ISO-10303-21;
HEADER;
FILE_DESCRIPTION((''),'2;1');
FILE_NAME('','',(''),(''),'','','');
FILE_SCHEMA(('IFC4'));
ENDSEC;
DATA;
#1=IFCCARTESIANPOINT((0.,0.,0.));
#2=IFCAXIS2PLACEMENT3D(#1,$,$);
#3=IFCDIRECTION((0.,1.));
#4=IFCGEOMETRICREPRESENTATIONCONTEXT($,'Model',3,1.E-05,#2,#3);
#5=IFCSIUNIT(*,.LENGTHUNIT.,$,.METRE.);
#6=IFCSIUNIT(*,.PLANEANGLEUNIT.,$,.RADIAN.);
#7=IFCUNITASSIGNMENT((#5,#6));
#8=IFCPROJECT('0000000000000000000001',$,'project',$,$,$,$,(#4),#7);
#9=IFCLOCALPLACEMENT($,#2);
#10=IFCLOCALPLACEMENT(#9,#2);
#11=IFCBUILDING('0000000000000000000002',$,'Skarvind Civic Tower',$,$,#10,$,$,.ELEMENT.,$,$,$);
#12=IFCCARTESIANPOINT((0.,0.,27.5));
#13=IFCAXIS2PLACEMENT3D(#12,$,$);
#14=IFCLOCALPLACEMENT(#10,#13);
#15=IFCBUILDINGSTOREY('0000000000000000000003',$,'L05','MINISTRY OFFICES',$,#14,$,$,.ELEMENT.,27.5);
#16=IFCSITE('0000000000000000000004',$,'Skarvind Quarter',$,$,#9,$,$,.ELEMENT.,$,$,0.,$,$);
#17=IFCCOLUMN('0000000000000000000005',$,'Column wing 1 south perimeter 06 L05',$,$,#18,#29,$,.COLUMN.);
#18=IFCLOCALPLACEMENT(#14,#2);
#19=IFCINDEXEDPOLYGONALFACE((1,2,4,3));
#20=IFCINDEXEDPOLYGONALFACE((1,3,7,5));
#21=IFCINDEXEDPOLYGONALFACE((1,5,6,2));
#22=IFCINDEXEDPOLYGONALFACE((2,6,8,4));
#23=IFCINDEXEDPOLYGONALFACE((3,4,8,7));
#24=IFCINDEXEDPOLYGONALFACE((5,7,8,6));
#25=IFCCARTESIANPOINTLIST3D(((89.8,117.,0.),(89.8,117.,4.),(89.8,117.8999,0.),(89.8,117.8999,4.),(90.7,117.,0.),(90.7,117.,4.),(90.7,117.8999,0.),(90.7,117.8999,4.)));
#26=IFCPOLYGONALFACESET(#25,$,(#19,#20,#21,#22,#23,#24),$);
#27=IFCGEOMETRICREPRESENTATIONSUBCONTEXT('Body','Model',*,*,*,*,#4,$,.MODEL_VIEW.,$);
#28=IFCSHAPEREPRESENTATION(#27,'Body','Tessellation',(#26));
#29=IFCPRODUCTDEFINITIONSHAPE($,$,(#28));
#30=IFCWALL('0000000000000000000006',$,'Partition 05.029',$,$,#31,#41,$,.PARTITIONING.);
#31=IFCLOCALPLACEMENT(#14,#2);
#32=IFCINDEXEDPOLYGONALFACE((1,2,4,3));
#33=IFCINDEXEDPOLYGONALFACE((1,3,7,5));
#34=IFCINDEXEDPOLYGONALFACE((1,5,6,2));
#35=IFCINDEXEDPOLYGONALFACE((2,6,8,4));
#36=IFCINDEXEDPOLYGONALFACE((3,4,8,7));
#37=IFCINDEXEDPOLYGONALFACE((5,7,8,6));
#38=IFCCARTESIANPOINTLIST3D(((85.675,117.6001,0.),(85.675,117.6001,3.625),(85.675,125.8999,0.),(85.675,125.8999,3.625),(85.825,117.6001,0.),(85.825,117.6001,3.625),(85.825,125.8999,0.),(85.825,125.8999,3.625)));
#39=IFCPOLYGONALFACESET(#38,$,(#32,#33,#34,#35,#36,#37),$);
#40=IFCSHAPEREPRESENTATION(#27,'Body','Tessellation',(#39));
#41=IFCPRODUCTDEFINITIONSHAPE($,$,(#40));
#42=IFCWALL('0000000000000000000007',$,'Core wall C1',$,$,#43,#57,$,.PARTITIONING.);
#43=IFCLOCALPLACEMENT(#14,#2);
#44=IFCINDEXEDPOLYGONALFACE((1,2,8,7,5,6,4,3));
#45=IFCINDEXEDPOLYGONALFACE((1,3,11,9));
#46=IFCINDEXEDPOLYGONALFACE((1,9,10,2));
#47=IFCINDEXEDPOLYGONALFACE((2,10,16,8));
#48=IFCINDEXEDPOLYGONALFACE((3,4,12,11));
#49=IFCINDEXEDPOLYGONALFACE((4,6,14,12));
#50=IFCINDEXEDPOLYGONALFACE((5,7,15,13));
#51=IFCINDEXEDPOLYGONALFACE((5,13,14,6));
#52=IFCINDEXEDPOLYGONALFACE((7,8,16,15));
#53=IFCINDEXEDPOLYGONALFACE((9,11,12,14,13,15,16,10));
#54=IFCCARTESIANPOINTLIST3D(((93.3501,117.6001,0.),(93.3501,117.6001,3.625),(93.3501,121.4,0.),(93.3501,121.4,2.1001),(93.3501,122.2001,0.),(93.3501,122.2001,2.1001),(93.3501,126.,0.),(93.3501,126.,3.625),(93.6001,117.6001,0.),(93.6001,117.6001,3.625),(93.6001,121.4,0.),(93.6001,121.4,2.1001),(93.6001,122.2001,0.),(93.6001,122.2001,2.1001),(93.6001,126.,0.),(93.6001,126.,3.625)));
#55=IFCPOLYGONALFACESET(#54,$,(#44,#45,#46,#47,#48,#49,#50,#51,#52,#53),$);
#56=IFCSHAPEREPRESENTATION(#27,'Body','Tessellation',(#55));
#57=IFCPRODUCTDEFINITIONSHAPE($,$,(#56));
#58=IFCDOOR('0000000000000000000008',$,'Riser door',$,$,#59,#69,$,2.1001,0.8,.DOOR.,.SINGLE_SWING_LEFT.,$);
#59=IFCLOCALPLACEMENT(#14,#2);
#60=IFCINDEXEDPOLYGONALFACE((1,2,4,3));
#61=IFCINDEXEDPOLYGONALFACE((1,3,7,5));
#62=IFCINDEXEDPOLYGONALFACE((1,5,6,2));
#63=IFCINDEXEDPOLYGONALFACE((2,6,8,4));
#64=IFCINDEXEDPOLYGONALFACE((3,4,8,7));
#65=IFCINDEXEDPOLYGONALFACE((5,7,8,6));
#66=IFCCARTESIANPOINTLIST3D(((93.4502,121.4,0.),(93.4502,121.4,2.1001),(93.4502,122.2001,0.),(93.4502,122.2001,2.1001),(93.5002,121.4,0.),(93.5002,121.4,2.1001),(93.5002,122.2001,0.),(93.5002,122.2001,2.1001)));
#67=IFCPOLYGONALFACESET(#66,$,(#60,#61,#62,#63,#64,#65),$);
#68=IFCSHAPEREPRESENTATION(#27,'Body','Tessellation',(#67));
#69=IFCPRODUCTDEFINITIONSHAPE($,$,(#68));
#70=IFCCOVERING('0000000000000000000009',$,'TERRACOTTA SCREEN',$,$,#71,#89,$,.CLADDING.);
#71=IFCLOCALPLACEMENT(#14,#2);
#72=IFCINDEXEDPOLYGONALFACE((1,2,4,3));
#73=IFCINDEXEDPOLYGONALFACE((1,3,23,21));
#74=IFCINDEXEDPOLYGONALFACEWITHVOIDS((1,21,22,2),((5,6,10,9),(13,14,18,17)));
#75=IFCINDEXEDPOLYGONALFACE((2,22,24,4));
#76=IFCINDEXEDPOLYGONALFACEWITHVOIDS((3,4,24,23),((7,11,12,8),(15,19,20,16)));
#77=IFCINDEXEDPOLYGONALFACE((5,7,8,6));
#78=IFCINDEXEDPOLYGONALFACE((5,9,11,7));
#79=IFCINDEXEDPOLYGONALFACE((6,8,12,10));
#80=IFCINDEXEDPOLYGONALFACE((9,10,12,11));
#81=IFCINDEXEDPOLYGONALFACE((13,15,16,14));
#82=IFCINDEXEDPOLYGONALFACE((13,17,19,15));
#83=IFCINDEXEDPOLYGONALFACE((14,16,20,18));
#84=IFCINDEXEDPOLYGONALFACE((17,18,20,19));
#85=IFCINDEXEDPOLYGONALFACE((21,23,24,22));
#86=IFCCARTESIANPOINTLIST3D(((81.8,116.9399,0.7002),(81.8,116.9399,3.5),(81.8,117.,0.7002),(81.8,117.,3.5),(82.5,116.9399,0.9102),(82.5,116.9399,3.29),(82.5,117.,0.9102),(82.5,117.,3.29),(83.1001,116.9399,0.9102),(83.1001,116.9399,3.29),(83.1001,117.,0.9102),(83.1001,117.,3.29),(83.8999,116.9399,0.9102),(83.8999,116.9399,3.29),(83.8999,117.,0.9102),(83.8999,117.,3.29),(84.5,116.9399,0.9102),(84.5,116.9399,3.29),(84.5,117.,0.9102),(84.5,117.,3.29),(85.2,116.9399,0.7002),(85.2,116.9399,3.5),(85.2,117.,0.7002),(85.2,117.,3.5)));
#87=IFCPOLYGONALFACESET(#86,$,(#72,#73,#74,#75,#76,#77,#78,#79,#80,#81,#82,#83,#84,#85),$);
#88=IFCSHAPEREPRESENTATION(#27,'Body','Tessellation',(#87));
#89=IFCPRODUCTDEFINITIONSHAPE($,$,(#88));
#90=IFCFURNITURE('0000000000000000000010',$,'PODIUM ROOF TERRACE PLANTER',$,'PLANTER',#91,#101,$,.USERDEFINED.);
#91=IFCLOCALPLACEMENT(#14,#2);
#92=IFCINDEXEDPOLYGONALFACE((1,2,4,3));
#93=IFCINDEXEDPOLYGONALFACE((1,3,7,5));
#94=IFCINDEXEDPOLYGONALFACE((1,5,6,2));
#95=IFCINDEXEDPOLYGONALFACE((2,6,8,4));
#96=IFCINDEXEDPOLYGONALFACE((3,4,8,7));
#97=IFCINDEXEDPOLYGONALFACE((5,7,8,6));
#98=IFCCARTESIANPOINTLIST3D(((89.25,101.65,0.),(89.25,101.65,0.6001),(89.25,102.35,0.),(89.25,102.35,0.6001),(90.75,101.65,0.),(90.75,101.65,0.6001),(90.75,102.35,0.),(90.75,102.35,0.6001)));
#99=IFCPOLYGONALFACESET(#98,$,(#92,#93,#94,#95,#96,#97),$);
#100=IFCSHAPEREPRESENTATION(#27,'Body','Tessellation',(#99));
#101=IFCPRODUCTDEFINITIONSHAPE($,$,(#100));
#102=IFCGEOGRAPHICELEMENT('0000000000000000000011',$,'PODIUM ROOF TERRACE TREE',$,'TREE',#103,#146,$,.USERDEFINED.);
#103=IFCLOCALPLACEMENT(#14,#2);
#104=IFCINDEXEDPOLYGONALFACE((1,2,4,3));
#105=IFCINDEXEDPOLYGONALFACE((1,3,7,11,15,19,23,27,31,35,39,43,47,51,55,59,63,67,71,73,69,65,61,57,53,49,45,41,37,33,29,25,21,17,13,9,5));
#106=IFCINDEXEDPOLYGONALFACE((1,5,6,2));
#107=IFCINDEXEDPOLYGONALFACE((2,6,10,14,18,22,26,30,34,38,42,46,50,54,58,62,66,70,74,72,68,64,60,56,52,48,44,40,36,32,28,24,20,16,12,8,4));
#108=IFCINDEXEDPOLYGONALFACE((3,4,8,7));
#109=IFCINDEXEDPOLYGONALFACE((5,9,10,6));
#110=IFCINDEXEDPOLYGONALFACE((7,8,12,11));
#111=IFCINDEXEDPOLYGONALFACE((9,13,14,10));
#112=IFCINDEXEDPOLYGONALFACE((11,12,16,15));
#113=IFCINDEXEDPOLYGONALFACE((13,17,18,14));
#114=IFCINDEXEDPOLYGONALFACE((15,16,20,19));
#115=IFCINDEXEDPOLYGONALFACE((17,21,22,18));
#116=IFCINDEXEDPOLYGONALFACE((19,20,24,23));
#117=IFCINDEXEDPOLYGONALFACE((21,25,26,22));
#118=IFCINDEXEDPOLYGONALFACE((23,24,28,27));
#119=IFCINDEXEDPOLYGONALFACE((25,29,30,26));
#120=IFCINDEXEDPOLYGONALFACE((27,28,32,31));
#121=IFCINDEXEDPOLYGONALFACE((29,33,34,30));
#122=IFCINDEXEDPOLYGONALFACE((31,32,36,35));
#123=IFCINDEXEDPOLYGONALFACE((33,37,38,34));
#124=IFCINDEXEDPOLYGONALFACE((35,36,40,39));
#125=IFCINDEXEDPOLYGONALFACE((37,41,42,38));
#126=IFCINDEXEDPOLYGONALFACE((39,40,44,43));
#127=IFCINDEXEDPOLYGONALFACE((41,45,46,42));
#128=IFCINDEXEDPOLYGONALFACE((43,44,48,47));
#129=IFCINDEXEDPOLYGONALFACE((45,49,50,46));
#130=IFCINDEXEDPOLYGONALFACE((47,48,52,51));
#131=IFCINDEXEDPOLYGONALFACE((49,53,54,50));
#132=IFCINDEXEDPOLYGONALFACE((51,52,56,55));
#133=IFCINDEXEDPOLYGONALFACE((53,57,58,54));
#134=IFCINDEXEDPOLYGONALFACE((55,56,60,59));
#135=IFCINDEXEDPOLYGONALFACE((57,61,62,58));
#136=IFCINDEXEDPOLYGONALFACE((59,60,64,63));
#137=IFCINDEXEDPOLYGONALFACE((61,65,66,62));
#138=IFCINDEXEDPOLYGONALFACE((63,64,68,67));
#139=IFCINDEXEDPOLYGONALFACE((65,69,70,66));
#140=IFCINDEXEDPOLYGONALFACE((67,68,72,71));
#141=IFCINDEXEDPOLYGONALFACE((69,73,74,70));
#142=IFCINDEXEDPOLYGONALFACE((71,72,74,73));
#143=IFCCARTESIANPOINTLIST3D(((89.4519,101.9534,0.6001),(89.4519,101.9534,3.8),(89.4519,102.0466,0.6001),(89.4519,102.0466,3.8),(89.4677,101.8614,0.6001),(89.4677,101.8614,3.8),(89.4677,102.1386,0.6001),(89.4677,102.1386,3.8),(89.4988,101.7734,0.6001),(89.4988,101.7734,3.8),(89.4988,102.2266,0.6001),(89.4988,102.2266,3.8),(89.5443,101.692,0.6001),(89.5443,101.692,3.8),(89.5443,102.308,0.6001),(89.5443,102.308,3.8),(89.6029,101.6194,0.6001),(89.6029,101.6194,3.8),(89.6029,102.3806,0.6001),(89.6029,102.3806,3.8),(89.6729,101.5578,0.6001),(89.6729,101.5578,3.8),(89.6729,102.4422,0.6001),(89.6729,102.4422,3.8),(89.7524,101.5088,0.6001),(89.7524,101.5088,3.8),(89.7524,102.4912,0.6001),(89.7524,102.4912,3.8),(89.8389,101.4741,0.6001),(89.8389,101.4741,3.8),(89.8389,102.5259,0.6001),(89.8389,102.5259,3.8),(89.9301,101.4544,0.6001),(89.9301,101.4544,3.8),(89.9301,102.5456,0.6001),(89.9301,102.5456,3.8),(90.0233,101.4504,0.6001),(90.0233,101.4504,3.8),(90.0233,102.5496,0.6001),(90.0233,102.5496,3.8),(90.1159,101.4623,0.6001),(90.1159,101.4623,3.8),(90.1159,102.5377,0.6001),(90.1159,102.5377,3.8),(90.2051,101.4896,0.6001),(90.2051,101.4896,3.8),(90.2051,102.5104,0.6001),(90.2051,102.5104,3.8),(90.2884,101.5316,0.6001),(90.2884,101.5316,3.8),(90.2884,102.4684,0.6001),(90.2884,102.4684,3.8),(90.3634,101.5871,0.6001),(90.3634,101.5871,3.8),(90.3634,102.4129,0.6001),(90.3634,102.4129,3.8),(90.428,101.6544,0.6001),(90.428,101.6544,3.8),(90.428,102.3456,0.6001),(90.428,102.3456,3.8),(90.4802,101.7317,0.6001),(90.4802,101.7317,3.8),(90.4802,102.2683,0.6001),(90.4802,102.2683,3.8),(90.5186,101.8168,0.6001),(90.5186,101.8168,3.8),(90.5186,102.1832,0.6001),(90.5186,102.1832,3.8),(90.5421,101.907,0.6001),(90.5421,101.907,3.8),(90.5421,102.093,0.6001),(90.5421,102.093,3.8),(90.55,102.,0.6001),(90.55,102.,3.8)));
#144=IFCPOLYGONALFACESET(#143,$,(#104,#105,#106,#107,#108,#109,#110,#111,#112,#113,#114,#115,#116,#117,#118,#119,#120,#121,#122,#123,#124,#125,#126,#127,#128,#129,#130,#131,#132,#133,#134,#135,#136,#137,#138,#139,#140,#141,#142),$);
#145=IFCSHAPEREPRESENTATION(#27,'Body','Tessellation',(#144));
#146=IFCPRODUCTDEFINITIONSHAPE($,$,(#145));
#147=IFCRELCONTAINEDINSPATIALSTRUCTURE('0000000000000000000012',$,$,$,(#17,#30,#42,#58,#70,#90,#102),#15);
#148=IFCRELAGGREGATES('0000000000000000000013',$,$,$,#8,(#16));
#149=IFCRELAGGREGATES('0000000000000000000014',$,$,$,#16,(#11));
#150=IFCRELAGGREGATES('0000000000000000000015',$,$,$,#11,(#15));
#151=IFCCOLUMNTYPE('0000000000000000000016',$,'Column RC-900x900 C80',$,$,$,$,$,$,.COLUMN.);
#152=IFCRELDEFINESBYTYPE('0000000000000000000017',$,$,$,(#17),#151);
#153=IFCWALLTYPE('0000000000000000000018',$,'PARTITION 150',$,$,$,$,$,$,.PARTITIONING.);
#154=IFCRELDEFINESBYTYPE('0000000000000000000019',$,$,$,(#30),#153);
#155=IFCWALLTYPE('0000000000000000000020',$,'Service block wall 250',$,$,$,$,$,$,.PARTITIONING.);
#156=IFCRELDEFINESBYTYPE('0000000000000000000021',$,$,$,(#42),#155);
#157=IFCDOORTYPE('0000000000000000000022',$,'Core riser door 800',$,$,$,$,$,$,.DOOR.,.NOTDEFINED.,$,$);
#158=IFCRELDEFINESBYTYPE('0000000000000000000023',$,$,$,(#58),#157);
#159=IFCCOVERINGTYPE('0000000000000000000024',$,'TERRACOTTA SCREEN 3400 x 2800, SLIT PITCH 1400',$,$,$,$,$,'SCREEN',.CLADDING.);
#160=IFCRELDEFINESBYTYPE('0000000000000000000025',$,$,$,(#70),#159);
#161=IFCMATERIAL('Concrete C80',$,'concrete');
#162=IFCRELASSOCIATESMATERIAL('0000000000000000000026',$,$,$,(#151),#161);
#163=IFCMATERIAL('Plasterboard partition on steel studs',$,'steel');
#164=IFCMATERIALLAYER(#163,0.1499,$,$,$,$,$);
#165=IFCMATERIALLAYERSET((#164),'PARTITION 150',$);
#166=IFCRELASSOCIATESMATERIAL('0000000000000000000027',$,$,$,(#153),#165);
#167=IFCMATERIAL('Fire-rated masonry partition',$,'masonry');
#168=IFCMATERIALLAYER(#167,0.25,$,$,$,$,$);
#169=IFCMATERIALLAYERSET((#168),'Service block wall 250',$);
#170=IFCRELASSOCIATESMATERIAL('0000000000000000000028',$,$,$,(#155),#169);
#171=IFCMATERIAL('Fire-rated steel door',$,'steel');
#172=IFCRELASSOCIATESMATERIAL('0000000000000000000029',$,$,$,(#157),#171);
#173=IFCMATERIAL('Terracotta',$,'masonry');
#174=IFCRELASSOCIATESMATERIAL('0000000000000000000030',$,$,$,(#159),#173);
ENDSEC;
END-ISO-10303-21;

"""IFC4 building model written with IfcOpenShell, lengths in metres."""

from ifc_helpers import new_model, si_unit, direction, frame, frame_2d, origin, origin_2d, place, context, subcontext, project, spatial, polyline, rectangle, circle, outline, extrude, material, layer, layer_set, material_profile, profile_set, type_object, element, fill, save


model = new_model("IFC4")

# Units and contexts
model_context = context("Model", 3, precision=1e-05, world=origin(), true_north=direction((0.0, 1.0)))
body_context = subcontext(model_context, "Body", "Model", "MODEL_VIEW")
ifc_project = project(units=[si_unit("LENGTHUNIT", "METRE"), si_unit("PLANEANGLEUNIT", "RADIAN")], contexts=[model_context])

# Site, building, storey
site_placement = place(None, origin())
site = spatial("IfcSite", under=ifc_project, at=site_placement, Name="Skarvind Quarter", CompositionType="ELEMENT", RefElevation=0.0)
building_placement = place(site_placement, origin())
building = spatial("IfcBuilding", under=site, at=building_placement, Name="Skarvind Civic Tower", CompositionType="ELEMENT")
storey_placement = place(building_placement, frame((0.0, 0.0, 27.5)))
storey = spatial("IfcBuildingStorey", under=building, at=storey_placement, Name="L05", Description="MINISTRY OFFICES", CompositionType="ELEMENT", Elevation=27.5)

# Column
ifc_material_1 = material(Name="Concrete C80", Category="concrete")
ifc_material_profile_1 = material_profile(ifc_material_1, rectangle(XDim=0.8999, YDim=0.8999, at=origin_2d()), Name="RC-900x900")
ifc_profile_set_1 = profile_set([ifc_material_profile_1], Name="Concrete C80")
column_type = type_object("IfcColumnType", Name="Column RC-900x900 C80", PredefinedType="COLUMN", material=ifc_profile_set_1)
column_placement = place(storey_placement, frame((90.25, 117.45, 0.0), z_axis=(0.0, 0.0, 1.0), x_axis=(1.0, 0.0, 0.0)))
element("IfcColumn", 1, at=column_placement, inside=storey, type_object=column_type, Name="Column wing 1 south perimeter 06 L05", PredefinedType="COLUMN", context=body_context, shape_type="SweptSolid", body=[
    extrude(rectangle(XDim=0.8999, YDim=0.8999, at=origin_2d()), origin(), (0.0, 0.0, 1.0), 4.0),
])

# Wall
ifc_material_2 = material(Name="Plasterboard partition on steel studs", Category="steel")
ifc_layer_1 = layer(ifc_material_2, 0.1499)
ifc_layer_set_1 = layer_set([ifc_layer_1], Name="PARTITION 150")
wall_type_1 = type_object("IfcWallType", Name="PARTITION 150", PredefinedType="PARTITIONING", material=ifc_layer_set_1)
wall_1_placement = place(storey_placement, frame((85.75, 117.6001, 0.0), z_axis=(0.0, 0.0, 1.0), x_axis=(0.0, 1.0, 0.0)))
element("IfcWall", 2, at=wall_1_placement, inside=storey, type_object=wall_type_1, Name="Partition 05.029", PredefinedType="PARTITIONING", context=body_context, shape_type="SweptSolid", body=[
    extrude(rectangle(XDim=8.2998, YDim=0.1499, at=frame_2d((4.1499, 0.0))), origin(), (0.0, 0.0, 1.0), 3.625),
])

# Wall, opening, door
ifc_material_3 = material(Name="Fire-rated masonry partition", Category="masonry")
ifc_layer_2 = layer(ifc_material_3, 0.25)
ifc_layer_set_2 = layer_set([ifc_layer_2], Name="Service block wall 250")
wall_type_2 = type_object("IfcWallType", Name="Service block wall 250", PredefinedType="PARTITIONING", material=ifc_layer_set_2)
wall_2_placement = place(storey_placement, frame((93.4751, 117.6001, 0.0), z_axis=(0.0, 0.0, 1.0), x_axis=(0.0, 1.0, 0.0)))
wall_2 = element("IfcWall", 3, at=wall_2_placement, inside=storey, type_object=wall_type_2, Name="Core wall C1", PredefinedType="PARTITIONING", context=body_context, shape_type="SweptSolid", body=[
    extrude(rectangle(XDim=8.3999, YDim=0.25, at=frame_2d((4.2, 0.0))), origin(), (0.0, 0.0, 1.0), 3.625),
])
opening_1_placement = place(wall_2_placement, frame((3.8, 0.0, 0.0)))
opening_1 = element("IfcOpeningElement", 4, at=opening_1_placement, cuts=wall_2, PredefinedType="OPENING", context=body_context, shape_type="SweptSolid", body=[
    extrude(rectangle(XDim=0.8, YDim=2.1001, at=frame_2d((0.3999, 1.05))), frame((0.0, 0.135, 0.0), z_axis=(0.0, -1.0, 0.0), x_axis=(1.0, 0.0, 0.0)), (0.0, 0.0, 1.0), 0.27),
])
ifc_material_4 = material(Name="Fire-rated steel door", Category="steel")
door_type_1 = type_object("IfcDoorType", Name="Core riser door 800", OperationType="NOTDEFINED", PredefinedType="DOOR", material=ifc_material_4)
door_1_placement = place(opening_1_placement, origin())
door_1 = element("IfcDoor", 5, at=door_1_placement, inside=storey, type_object=door_type_1, Name="Riser door", OperationType="SINGLE_SWING_LEFT", OverallHeight=2.1001, OverallWidth=0.8, PredefinedType="DOOR", context=body_context, shape_type="SweptSolid", body=[
    extrude(rectangle(XDim=0.8, YDim=2.1001, at=frame_2d((0.3999, 1.05))), frame((0.0, 0.0249, 0.0), z_axis=(0.0, -1.0, 0.0), x_axis=(1.0, 0.0, 0.0)), (0.0, 0.0, 1.0), 0.05),
])
fill(opening_1, door_1)

# Covering
ifc_material_5 = material(Name="Terracotta", Category="masonry")
ifc_material_profile_2 = material_profile(ifc_material_5, outline(polyline([(-1.7, -1.3999), (1.7, -1.3999), (1.7, 1.3999), (-1.7, 1.3999), (-1.7, -1.3999)]), holes=[polyline([(-1.0, -1.1899), (-0.3999, -1.1899), (-0.3999, 1.1899), (-1.0, 1.1899), (-1.0, -1.1899)]), polyline([(0.3999, -1.1899), (1.0, -1.1899), (1.0, 1.1899), (0.3999, 1.1899), (0.3999, -1.1899)])]), Name="TERRACOTTA SCREEN 3400 x 2800, SLIT PITCH 1400")
ifc_profile_set_2 = profile_set([ifc_material_profile_2], Name="Terracotta")
covering_type = type_object("IfcCoveringType", Name="TERRACOTTA SCREEN 3400 x 2800, SLIT PITCH 1400", ElementType="SCREEN", PredefinedType="CLADDING", material=ifc_profile_set_2)
covering_placement = place(storey_placement, frame((83.5, 117.0, 2.1001), z_axis=(0.0, -1.0, 0.0), x_axis=(1.0, 0.0, 0.0)))
element("IfcCovering", 6, at=covering_placement, inside=storey, type_object=covering_type, Name="TERRACOTTA SCREEN", PredefinedType="CLADDING", context=body_context, shape_type="SweptSolid", body=[
    extrude(outline(polyline([(-1.7, -1.3999), (1.7, -1.3999), (1.7, 1.3999), (-1.7, 1.3999), (-1.7, -1.3999)]), holes=[polyline([(-1.0, -1.1899), (-0.3999, -1.1899), (-0.3999, 1.1899), (-1.0, 1.1899), (-1.0, -1.1899)]), polyline([(0.3999, -1.1899), (1.0, -1.1899), (1.0, 1.1899), (0.3999, 1.1899), (0.3999, -1.1899)])]), origin(), (0.0, 0.0, 1.0), 0.0601),
])

# Furniture
furniture_placement = place(storey_placement, frame((90.0, 102.0, 0.0), z_axis=(0.0, 0.0, 1.0), x_axis=(1.0, 0.0, 0.0)))
element("IfcFurniture", 7, at=furniture_placement, inside=storey, Name="PODIUM ROOF TERRACE PLANTER", ObjectType="PLANTER", PredefinedType="USERDEFINED", context=body_context, shape_type="SweptSolid", body=[
    extrude(rectangle(XDim=1.5, YDim=0.7, at=origin_2d()), origin(), (0.0, 0.0, 1.0), 0.6001),
])

# Geographic element
geographic_element_placement = place(storey_placement, frame((90.0, 102.0, 0.6001), z_axis=(0.0, 0.0, 1.0), x_axis=(1.0, 0.0, 0.0)))
element("IfcGeographicElement", 8, at=geographic_element_placement, inside=storey, Name="PODIUM ROOF TERRACE TREE", ObjectType="TREE", PredefinedType="USERDEFINED", context=body_context, shape_type="SweptSolid", body=[
    extrude(circle(Radius=0.55, at=origin_2d()), origin(), (0.0, 0.0, 1.0), 3.2),
])

save(model, "model.ifc")
